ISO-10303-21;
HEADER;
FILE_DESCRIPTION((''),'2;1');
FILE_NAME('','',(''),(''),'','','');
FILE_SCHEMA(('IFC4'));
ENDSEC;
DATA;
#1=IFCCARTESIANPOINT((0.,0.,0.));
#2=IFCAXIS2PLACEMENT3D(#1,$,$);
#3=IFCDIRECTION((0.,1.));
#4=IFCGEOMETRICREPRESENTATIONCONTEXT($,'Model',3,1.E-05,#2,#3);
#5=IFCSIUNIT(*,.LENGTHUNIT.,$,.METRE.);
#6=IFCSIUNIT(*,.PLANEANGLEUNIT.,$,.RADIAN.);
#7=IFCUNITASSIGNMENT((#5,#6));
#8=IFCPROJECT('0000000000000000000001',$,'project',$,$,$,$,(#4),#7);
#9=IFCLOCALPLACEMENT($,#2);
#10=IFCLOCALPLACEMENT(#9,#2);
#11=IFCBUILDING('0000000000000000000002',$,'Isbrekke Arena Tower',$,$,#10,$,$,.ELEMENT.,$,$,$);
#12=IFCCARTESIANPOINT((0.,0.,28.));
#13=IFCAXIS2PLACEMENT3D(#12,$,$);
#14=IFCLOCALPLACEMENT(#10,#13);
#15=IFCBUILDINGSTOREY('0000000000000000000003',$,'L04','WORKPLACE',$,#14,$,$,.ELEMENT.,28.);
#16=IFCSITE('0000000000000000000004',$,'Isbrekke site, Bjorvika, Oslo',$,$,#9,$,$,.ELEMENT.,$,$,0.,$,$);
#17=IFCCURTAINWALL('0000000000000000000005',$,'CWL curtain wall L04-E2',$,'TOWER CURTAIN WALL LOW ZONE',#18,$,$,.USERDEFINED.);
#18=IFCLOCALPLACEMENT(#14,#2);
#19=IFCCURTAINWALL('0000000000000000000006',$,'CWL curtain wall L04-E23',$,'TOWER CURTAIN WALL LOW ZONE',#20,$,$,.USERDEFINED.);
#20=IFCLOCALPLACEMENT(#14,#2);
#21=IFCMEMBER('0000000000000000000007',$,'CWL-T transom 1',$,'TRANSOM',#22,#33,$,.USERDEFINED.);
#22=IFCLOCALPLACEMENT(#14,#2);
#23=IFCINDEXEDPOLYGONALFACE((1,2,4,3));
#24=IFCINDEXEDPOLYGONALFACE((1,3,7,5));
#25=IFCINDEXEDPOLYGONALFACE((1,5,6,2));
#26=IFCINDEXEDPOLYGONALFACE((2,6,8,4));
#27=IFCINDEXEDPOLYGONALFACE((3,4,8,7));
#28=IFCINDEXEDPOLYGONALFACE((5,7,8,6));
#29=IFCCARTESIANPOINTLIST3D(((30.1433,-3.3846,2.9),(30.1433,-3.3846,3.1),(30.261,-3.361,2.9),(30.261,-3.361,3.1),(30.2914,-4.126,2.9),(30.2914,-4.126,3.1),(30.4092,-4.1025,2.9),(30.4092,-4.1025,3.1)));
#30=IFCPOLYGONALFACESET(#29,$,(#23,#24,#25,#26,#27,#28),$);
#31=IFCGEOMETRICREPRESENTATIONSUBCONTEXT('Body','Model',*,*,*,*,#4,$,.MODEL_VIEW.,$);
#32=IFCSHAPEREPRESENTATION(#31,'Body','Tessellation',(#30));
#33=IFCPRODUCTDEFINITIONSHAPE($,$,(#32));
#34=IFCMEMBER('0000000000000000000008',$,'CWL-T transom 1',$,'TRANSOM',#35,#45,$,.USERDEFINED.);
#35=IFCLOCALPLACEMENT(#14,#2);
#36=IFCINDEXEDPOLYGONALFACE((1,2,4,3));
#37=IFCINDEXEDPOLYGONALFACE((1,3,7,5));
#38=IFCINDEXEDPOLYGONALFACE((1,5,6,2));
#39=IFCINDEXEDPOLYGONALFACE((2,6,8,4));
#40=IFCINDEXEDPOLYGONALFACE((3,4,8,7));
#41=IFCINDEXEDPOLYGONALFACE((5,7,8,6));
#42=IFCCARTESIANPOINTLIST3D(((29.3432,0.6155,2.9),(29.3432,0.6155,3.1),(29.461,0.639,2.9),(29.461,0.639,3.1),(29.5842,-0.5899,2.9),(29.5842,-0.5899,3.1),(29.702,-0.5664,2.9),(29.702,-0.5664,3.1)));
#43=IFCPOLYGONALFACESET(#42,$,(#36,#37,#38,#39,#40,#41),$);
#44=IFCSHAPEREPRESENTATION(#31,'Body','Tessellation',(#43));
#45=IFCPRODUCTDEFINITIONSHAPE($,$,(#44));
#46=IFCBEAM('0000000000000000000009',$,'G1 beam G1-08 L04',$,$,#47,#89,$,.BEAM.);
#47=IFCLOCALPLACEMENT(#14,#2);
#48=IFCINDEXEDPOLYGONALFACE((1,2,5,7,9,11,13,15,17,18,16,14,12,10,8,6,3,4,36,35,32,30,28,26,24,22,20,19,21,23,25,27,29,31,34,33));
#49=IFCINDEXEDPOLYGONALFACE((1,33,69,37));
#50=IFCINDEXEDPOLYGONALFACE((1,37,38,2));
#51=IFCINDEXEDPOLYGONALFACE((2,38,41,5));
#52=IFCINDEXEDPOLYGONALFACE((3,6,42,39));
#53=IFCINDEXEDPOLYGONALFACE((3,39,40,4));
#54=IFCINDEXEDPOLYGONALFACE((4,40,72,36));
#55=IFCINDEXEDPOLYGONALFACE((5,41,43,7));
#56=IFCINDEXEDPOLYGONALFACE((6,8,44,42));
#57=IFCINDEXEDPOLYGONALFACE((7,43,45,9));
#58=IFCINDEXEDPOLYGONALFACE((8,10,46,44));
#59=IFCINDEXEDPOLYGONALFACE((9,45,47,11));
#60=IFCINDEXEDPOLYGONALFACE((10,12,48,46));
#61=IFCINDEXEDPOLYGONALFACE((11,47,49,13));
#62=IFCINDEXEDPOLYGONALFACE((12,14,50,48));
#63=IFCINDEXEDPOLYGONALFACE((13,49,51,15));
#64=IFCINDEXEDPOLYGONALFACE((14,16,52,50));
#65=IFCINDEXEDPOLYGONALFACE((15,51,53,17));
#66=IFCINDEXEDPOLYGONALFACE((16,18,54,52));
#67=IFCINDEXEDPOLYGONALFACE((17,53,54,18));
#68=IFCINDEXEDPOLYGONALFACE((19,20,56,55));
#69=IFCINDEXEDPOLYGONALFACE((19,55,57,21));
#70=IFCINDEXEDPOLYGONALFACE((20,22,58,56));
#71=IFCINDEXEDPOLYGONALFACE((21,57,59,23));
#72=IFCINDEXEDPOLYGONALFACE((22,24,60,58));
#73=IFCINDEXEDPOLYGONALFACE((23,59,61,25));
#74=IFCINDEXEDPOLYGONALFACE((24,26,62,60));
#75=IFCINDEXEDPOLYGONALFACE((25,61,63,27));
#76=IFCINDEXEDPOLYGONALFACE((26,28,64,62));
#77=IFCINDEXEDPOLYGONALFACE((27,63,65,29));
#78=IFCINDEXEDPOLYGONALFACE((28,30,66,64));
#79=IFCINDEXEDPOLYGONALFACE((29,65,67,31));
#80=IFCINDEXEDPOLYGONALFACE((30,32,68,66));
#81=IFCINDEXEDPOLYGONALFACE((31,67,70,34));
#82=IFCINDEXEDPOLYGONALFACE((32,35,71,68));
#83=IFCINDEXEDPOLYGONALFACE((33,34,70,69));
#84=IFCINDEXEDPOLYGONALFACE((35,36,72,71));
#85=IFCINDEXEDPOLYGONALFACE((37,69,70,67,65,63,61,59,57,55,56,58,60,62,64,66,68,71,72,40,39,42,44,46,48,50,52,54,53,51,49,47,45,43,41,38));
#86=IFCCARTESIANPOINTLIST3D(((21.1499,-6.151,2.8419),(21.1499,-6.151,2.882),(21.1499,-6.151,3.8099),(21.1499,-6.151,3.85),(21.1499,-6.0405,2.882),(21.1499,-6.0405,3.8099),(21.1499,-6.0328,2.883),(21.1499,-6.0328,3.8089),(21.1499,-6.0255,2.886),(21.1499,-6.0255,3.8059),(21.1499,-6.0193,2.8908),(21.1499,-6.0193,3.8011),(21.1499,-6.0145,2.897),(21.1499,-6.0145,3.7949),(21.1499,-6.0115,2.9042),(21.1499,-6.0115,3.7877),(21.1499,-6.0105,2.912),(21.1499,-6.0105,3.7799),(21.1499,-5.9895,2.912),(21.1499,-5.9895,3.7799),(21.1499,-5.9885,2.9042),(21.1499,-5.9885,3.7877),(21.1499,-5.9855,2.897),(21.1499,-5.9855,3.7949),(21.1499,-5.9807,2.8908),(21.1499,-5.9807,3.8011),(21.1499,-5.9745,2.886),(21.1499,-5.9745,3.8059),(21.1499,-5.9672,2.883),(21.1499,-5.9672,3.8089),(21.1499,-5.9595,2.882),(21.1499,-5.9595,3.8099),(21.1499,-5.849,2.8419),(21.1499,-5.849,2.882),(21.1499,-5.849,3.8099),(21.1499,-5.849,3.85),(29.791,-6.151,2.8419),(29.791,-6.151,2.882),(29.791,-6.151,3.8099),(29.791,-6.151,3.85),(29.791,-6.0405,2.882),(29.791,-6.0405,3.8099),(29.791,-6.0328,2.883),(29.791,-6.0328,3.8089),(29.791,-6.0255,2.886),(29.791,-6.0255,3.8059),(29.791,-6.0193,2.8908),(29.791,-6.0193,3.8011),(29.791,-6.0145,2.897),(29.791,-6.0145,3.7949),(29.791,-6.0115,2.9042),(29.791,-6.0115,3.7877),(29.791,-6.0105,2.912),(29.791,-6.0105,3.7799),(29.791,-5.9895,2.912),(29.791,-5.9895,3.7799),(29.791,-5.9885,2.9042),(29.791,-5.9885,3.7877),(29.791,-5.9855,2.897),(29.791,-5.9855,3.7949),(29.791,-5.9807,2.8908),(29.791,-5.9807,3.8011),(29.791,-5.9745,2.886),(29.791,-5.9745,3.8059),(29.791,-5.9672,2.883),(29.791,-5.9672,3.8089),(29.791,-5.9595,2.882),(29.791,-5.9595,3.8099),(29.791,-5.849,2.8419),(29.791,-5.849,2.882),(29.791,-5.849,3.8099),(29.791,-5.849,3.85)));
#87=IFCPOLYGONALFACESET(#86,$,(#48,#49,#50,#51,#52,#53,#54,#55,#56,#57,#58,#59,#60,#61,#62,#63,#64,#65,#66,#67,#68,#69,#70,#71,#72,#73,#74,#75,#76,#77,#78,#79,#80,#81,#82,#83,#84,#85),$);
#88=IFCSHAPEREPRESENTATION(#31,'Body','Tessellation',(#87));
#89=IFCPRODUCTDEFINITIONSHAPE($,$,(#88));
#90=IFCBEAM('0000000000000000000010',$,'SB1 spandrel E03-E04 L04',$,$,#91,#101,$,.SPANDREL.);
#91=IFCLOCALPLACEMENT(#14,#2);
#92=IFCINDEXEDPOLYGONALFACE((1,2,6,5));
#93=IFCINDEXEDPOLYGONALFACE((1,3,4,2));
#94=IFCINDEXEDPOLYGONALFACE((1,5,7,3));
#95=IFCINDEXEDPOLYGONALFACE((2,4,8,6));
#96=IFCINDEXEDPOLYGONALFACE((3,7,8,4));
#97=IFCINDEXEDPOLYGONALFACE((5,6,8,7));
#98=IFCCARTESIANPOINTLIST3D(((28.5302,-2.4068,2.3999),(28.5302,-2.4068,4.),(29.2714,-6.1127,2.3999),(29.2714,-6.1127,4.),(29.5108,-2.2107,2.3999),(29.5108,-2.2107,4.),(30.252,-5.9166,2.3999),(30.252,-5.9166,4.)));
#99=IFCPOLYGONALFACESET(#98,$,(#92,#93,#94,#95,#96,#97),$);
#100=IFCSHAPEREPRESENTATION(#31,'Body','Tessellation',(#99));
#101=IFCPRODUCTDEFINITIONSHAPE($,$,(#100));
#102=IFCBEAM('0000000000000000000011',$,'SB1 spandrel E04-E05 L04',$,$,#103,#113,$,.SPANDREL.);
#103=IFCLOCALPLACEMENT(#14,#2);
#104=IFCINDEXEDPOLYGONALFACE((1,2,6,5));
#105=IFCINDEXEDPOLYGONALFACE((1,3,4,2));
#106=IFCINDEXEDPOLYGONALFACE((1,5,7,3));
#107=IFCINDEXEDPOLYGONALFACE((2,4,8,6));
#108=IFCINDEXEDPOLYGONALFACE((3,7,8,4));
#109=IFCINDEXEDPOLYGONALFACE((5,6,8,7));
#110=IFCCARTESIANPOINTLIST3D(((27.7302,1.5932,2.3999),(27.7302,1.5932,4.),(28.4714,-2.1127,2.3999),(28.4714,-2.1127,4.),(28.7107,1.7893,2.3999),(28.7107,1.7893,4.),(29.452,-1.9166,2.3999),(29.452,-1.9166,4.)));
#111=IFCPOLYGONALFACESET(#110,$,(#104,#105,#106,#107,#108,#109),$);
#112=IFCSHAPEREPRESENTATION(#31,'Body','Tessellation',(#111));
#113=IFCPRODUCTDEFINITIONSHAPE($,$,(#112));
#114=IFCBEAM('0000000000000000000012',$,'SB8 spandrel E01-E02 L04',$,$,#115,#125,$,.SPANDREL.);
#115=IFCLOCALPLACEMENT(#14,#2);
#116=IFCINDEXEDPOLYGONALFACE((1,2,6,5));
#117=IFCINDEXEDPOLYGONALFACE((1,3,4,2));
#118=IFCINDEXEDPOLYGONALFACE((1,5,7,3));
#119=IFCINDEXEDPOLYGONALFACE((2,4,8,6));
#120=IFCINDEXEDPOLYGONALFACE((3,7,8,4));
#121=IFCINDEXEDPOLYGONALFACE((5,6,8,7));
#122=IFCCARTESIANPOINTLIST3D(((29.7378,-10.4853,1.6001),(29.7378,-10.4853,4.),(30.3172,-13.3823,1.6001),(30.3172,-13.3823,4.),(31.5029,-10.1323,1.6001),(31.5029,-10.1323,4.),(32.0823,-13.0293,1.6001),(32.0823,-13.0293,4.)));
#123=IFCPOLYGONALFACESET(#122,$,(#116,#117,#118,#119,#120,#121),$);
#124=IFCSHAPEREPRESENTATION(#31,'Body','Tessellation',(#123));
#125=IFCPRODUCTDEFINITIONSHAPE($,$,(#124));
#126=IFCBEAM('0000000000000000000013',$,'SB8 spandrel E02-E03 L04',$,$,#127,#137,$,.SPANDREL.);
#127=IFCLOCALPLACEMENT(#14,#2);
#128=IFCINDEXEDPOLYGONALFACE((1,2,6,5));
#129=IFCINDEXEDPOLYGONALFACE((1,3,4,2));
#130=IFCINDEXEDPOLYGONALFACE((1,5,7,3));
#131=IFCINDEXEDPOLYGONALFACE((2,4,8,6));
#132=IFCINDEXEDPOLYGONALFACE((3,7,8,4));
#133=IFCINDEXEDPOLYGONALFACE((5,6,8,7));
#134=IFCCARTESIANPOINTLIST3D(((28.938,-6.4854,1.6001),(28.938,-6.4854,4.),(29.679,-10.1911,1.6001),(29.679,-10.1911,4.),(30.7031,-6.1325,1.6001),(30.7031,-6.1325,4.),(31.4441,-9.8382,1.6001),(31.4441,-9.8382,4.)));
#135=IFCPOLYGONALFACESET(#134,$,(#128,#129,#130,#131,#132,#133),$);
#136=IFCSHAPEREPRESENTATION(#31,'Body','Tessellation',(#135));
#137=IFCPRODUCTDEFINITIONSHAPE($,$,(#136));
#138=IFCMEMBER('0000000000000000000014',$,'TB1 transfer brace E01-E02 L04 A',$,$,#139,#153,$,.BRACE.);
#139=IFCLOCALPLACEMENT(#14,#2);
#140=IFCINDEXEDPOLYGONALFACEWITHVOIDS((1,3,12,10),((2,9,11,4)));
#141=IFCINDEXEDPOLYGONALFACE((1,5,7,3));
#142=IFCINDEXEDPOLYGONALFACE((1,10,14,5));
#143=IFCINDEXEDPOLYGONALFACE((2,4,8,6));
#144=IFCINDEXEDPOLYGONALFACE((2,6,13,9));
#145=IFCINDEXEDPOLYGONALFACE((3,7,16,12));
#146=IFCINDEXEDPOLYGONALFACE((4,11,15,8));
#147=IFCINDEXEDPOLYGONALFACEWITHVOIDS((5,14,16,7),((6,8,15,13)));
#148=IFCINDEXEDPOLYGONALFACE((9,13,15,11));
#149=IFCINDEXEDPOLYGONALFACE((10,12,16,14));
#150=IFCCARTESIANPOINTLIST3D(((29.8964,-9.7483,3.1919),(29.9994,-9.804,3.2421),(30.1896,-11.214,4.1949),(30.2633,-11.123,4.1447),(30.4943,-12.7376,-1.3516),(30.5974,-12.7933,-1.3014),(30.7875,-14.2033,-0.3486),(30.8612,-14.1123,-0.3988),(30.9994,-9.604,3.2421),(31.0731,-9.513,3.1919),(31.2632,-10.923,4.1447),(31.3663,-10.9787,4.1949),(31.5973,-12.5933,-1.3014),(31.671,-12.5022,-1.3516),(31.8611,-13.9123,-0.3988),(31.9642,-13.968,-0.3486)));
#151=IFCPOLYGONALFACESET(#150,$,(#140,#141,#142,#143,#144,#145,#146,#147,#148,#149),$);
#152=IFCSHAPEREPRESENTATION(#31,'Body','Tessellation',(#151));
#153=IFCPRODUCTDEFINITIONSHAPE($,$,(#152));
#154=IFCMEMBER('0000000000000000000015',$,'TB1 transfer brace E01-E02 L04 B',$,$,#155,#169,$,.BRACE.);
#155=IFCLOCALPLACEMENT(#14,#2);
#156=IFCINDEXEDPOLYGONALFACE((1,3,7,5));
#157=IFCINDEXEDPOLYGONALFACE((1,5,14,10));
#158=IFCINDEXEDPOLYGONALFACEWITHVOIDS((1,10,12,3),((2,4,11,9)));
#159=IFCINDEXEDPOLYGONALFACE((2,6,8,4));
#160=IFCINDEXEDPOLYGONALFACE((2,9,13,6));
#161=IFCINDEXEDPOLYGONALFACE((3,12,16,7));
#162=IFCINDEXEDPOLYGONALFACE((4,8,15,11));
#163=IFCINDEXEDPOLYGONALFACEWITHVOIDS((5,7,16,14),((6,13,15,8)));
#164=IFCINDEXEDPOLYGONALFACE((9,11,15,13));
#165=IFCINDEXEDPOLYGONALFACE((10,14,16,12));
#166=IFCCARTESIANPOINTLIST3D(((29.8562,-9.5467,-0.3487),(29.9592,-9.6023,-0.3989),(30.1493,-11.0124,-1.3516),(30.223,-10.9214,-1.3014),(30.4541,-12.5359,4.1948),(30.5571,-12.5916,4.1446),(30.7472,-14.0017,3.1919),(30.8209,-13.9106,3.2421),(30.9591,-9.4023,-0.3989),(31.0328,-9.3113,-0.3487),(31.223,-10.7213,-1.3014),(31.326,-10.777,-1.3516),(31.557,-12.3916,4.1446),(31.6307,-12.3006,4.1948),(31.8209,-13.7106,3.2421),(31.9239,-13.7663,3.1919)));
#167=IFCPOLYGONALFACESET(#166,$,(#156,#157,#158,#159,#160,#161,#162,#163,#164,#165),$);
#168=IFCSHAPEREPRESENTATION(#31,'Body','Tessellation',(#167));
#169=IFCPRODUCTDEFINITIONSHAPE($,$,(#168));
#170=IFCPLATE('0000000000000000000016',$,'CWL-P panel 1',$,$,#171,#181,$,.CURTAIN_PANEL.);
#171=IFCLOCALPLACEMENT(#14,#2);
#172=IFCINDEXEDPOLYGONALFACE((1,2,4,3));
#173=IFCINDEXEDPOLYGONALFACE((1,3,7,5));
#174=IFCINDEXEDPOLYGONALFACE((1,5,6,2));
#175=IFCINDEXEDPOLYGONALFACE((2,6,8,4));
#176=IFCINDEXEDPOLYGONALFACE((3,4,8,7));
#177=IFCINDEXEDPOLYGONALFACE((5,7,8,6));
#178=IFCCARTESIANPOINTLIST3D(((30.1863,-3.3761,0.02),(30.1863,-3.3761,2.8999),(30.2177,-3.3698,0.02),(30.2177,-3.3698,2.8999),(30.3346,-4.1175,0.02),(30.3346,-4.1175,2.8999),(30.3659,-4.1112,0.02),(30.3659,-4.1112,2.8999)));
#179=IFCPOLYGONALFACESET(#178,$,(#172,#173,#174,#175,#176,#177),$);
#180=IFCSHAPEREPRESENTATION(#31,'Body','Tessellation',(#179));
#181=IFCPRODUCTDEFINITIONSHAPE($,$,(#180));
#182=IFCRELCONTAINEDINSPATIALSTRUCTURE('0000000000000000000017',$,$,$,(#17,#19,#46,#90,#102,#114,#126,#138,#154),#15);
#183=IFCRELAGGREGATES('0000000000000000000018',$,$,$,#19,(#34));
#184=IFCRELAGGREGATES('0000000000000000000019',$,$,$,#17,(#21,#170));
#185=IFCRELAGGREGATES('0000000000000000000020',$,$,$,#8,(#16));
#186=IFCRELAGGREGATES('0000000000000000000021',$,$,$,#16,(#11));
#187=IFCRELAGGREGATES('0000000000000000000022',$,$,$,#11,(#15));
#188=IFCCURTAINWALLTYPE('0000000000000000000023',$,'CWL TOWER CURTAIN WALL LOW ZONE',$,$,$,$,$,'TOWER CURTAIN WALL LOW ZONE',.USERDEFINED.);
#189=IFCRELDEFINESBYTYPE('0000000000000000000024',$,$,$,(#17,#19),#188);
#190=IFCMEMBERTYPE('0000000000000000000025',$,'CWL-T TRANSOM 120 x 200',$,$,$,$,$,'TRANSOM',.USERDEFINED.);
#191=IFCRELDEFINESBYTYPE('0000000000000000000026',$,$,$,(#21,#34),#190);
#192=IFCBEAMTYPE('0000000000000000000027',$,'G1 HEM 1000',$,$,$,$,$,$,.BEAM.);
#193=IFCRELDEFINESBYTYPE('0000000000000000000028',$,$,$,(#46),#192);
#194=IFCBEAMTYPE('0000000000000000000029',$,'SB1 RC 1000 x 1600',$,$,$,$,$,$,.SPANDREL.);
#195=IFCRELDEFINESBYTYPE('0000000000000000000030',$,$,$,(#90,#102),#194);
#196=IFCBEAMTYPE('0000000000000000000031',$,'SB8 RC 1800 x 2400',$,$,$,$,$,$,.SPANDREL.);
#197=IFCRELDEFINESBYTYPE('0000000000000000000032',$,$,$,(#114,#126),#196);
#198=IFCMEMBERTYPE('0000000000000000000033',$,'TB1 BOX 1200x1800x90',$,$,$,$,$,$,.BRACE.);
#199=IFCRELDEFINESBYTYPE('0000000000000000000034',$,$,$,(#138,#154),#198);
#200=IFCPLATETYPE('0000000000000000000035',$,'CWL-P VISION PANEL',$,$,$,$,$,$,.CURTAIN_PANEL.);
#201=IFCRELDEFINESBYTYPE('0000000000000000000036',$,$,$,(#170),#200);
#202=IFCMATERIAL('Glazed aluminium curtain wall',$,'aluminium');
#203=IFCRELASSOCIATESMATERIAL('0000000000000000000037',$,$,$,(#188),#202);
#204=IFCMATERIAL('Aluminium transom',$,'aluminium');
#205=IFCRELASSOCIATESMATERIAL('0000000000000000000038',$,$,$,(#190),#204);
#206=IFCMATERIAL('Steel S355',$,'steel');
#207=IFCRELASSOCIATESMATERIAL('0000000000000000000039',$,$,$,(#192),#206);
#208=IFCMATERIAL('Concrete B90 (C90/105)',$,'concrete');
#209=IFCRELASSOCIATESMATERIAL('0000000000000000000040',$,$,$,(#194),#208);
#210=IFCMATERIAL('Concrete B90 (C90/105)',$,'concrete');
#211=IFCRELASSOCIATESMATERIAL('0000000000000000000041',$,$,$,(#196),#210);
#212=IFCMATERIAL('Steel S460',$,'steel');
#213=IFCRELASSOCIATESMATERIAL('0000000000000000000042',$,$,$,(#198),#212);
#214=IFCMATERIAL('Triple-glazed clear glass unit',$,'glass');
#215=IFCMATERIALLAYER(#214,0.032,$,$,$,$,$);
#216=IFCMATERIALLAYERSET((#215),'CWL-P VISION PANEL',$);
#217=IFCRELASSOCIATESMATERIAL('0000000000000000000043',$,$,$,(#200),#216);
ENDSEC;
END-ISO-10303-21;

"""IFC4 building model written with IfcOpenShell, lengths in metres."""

from ifc_helpers import new_model, si_unit, direction, frame, origin, origin_2d, place, context, subcontext, project, spatial, rectangle, hollow_rectangle, i_section, extrude, material, layer, layer_set, material_profile, profile_set, type_object, element, aggregate, save


model = new_model("IFC4")

# Units and contexts
model_context = context("Model", 3, precision=1e-05, world=origin(), true_north=direction((0.0, 1.0)))
body_context = subcontext(model_context, "Body", "Model", "MODEL_VIEW")
ifc_project = project(units=[si_unit("LENGTHUNIT", "METRE"), si_unit("PLANEANGLEUNIT", "RADIAN")], contexts=[model_context])

# Site, building, storey
site_placement = place(None, origin())
site = spatial("IfcSite", under=ifc_project, at=site_placement, Name="Isbrekke site, Bjorvika, Oslo", CompositionType="ELEMENT", RefElevation=0.0)
building_placement = place(site_placement, origin())
building = spatial("IfcBuilding", under=site, at=building_placement, Name="Isbrekke Arena Tower", CompositionType="ELEMENT")
storey_placement = place(building_placement, frame((0.0, 0.0, 28.0)))
storey = spatial("IfcBuildingStorey", under=building, at=storey_placement, Name="L04", Description="WORKPLACE", CompositionType="ELEMENT", Elevation=28.0)

# Curtain wall
ifc_material_1 = material(Name="Glazed aluminium curtain wall", Category="aluminium")
curtain_wall_type = type_object("IfcCurtainWallType", Name="CWL TOWER CURTAIN WALL LOW ZONE", ElementType="TOWER CURTAIN WALL LOW ZONE", PredefinedType="USERDEFINED", material=ifc_material_1)
curtain_wall_1_placement = place(storey_placement, origin())
curtain_wall_1 = element("IfcCurtainWall", 1, at=curtain_wall_1_placement, inside=storey, type_object=curtain_wall_type, Name="CWL curtain wall L04-E2", ObjectType="TOWER CURTAIN WALL LOW ZONE", PredefinedType="USERDEFINED")

# Curtain wall
curtain_wall_2_placement = place(storey_placement, origin())
curtain_wall_2 = element("IfcCurtainWall", 2, at=curtain_wall_2_placement, inside=storey, type_object=curtain_wall_type, Name="CWL curtain wall L04-E23", ObjectType="TOWER CURTAIN WALL LOW ZONE", PredefinedType="USERDEFINED")

# Members
ifc_material_2 = material(Name="Aluminium transom", Category="aluminium")
ifc_material_profile_1 = material_profile(ifc_material_2, rectangle(XDim=0.1201, YDim=0.2, at=origin_2d()), Name="TRANSOM 120X200")
ifc_profile_set_1 = profile_set([ifc_material_profile_1], Name="Aluminium transom")
member_type_1 = type_object("IfcMemberType", Name="CWL-T TRANSOM 120 x 200", ElementType="TRANSOM", PredefinedType="USERDEFINED", material=ifc_profile_set_1)
member_1_placement = place(storey_placement, frame((30.3503, -4.1143, 3.0), z_axis=(-0.195992, 0.980606, 0.0), x_axis=(-0.980606, -0.195992, 0.0)))
member_1 = element("IfcMember", 3, at=member_1_placement, type_object=member_type_1, Name="CWL-T transom 1", ObjectType="TRANSOM", PredefinedType="USERDEFINED", context=body_context, shape_type="SweptSolid", body=[
    extrude(rectangle(XDim=0.1201, YDim=0.2, at=origin_2d()), origin(), (0.0, 0.0, 1.0), 0.7561),
])
member_2_placement = place(storey_placement, frame((29.6431, -0.5781, 3.0), z_axis=(-0.19604, 0.980596, 0.0), x_axis=(-0.980596, -0.19604, 0.0)))
member_2 = element("IfcMember", 4, at=member_2_placement, type_object=member_type_1, Name="CWL-T transom 1", ObjectType="TRANSOM", PredefinedType="USERDEFINED", context=body_context, shape_type="SweptSolid", body=[
    extrude(rectangle(XDim=0.1201, YDim=0.2, at=origin_2d()), origin(), (0.0, 0.0, 1.0), 1.2292),
])
aggregate(curtain_wall_2, [member_2])

# Beams
ifc_material_3 = material(Name="Steel S355", Category="steel")
ifc_material_profile_2 = material_profile(ifc_material_3, i_section(OverallWidth=0.302, OverallDepth=1.0081, WebThickness=0.021, FlangeThickness=0.04, FilletRadius=0.03, at=origin_2d()), Name="HEM 1000")
ifc_profile_set_2 = profile_set([ifc_material_profile_2], Name="Steel S355")
beam_type_1 = type_object("IfcBeamType", Name="G1 HEM 1000", PredefinedType="BEAM", material=ifc_profile_set_2)
beam_1_placement = place(storey_placement, frame((21.1499, -6.0, 3.3459), z_axis=(1.0, 0.0, 0.0), x_axis=(0.0, 1.0, 0.0)))
element("IfcBeam", 5, at=beam_1_placement, inside=storey, type_object=beam_type_1, Name="G1 beam G1-08 L04", PredefinedType="BEAM", context=body_context, shape_type="SweptSolid", body=[
    extrude(i_section(OverallWidth=0.302, OverallDepth=1.0081, WebThickness=0.021, FlangeThickness=0.04, FilletRadius=0.03, at=origin_2d()), origin(), (0.0, 0.0, 1.0), 8.6411),
])
ifc_material_4 = material(Name="Concrete B90 (C90/105)", Category="concrete")
ifc_material_profile_3 = material_profile(ifc_material_4, rectangle(XDim=1.0, YDim=1.6001, at=origin_2d()), Name="RC 1000x1600")
ifc_profile_set_3 = profile_set([ifc_material_profile_3], Name="Concrete B90 (C90/105)")
beam_type_2 = type_object("IfcBeamType", Name="SB1 RC 1000 x 1600", PredefinedType="SPANDREL", material=ifc_profile_set_3)
for number, where, z_axis, x_axis, name in (
    (6, (29.7617, -6.0146, 3.2), (-0.196129, 0.980578, 0.0), (-0.980578, -0.196129, 0.0), "SB1 spandrel E03-E04 L04"),
    (7, (28.9617, -2.0146, 3.2), (-0.196129, 0.980578, 0.0), (-0.980578, -0.196129, 0.0), "SB1 spandrel E04-E05 L04"),
):
    element("IfcBeam", number, at=place(storey_placement, frame(where, z_axis=z_axis, x_axis=x_axis)), inside=storey, type_object=beam_type_2, Name=name, PredefinedType="SPANDREL", context=body_context, shape_type="SweptSolid", body=[
        extrude(rectangle(XDim=1.0, YDim=1.6001, at=origin_2d()), origin(), (0.0, 0.0, 1.0), 3.7793),
    ])
ifc_material_5 = material(Name="Concrete B90 (C90/105)", Category="concrete")
ifc_material_profile_4 = material_profile(ifc_material_5, rectangle(XDim=1.8, YDim=2.3999, at=origin_2d()), Name="RC 1800x2400")
ifc_profile_set_4 = profile_set([ifc_material_profile_4], Name="Concrete B90 (C90/105)")
beam_type_3 = type_object("IfcBeamType", Name="SB8 RC 1800 x 2400", PredefinedType="SPANDREL", material=ifc_profile_set_4)
beam_2_placement = place(storey_placement, frame((31.1997, -13.2058, 2.8), z_axis=(-0.1961, 0.980584, 0.0), x_axis=(-0.980584, -0.1961, 0.0)))
element("IfcBeam", 8, at=beam_2_placement, inside=storey, type_object=beam_type_3, Name="SB8 spandrel E01-E02 L04", PredefinedType="SPANDREL", context=body_context, shape_type="SweptSolid", body=[
    extrude(rectangle(XDim=1.8, YDim=2.3999, at=origin_2d()), origin(), (0.0, 0.0, 1.0), 2.9543),
])
beam_3_placement = place(storey_placement, frame((30.5615, -10.0146, 2.8), z_axis=(-0.196066, 0.980591, 0.0), x_axis=(-0.980591, -0.196066, 0.0)))
element("IfcBeam", 9, at=beam_3_placement, inside=storey, type_object=beam_type_3, Name="SB8 spandrel E02-E03 L04", PredefinedType="SPANDREL", context=body_context, shape_type="SweptSolid", body=[
    extrude(rectangle(XDim=1.8, YDim=2.3999, at=origin_2d()), origin(), (0.0, 0.0, 1.0), 3.7791),
])

# Members
ifc_material_6 = material(Name="Steel S460", Category="steel")
ifc_material_profile_5 = material_profile(ifc_material_6, hollow_rectangle(XDim=1.2, YDim=1.8, WallThickness=0.0901, at=origin_2d()), Name="BOX 1200x1800x90")
ifc_profile_set_5 = profile_set([ifc_material_profile_5], Name="Steel S460")
member_type_2 = type_object("IfcMemberType", Name="TB1 BOX 1200x1800x90", PredefinedType="BRACE", material=ifc_profile_set_5)
for number, where, z_axis, x_axis, name in (
    (10, (31.2292, -13.3528, -0.8501), (-0.109278, 0.546343, 0.830402), (-0.980578, -0.196132, 0.0), "TB1 transfer brace E01-E02 L04 A"),
    (11, (31.189, -13.1511, 3.6934), (-0.109278, 0.546343, -0.830402), (-0.980578, -0.196132, 0.0), "TB1 transfer brace E01-E02 L04 B"),
):
    element("IfcMember", number, at=place(storey_placement, frame(where, z_axis=z_axis, x_axis=x_axis)), inside=storey, type_object=member_type_2, Name=name, PredefinedType="BRACE", context=body_context, shape_type="SweptSolid", body=[
        extrude(hollow_rectangle(XDim=1.2, YDim=1.8, WallThickness=0.0901, at=origin_2d()), origin(), (0.0, 0.0, 1.0), 5.4714),
    ])

# Plate
ifc_material_7 = material(Name="Triple-glazed clear glass unit", Category="glass")
ifc_layer_1 = layer(ifc_material_7, 0.032)
ifc_layer_set_1 = layer_set([ifc_layer_1], Name="CWL-P VISION PANEL")
plate_type = type_object("IfcPlateType", Name="CWL-P VISION PANEL", PredefinedType="CURTAIN_PANEL", material=ifc_layer_set_1)
plate_placement = place(storey_placement, frame((30.2761, -3.7437, 0.02), z_axis=(0.0, 0.0, 1.0), x_axis=(-0.196116, 0.980581, 0.0)))
plate = element("IfcPlate", 12, at=plate_placement, type_object=plate_type, Name="CWL-P panel 1", PredefinedType="CURTAIN_PANEL", context=body_context, shape_type="SweptSolid", body=[
    extrude(rectangle(XDim=0.7561, YDim=0.032, at=origin_2d()), origin(), (0.0, 0.0, 1.0), 2.8799),
])
aggregate(curtain_wall_1, [member_1, plate])

save(model, "model.ifc")
